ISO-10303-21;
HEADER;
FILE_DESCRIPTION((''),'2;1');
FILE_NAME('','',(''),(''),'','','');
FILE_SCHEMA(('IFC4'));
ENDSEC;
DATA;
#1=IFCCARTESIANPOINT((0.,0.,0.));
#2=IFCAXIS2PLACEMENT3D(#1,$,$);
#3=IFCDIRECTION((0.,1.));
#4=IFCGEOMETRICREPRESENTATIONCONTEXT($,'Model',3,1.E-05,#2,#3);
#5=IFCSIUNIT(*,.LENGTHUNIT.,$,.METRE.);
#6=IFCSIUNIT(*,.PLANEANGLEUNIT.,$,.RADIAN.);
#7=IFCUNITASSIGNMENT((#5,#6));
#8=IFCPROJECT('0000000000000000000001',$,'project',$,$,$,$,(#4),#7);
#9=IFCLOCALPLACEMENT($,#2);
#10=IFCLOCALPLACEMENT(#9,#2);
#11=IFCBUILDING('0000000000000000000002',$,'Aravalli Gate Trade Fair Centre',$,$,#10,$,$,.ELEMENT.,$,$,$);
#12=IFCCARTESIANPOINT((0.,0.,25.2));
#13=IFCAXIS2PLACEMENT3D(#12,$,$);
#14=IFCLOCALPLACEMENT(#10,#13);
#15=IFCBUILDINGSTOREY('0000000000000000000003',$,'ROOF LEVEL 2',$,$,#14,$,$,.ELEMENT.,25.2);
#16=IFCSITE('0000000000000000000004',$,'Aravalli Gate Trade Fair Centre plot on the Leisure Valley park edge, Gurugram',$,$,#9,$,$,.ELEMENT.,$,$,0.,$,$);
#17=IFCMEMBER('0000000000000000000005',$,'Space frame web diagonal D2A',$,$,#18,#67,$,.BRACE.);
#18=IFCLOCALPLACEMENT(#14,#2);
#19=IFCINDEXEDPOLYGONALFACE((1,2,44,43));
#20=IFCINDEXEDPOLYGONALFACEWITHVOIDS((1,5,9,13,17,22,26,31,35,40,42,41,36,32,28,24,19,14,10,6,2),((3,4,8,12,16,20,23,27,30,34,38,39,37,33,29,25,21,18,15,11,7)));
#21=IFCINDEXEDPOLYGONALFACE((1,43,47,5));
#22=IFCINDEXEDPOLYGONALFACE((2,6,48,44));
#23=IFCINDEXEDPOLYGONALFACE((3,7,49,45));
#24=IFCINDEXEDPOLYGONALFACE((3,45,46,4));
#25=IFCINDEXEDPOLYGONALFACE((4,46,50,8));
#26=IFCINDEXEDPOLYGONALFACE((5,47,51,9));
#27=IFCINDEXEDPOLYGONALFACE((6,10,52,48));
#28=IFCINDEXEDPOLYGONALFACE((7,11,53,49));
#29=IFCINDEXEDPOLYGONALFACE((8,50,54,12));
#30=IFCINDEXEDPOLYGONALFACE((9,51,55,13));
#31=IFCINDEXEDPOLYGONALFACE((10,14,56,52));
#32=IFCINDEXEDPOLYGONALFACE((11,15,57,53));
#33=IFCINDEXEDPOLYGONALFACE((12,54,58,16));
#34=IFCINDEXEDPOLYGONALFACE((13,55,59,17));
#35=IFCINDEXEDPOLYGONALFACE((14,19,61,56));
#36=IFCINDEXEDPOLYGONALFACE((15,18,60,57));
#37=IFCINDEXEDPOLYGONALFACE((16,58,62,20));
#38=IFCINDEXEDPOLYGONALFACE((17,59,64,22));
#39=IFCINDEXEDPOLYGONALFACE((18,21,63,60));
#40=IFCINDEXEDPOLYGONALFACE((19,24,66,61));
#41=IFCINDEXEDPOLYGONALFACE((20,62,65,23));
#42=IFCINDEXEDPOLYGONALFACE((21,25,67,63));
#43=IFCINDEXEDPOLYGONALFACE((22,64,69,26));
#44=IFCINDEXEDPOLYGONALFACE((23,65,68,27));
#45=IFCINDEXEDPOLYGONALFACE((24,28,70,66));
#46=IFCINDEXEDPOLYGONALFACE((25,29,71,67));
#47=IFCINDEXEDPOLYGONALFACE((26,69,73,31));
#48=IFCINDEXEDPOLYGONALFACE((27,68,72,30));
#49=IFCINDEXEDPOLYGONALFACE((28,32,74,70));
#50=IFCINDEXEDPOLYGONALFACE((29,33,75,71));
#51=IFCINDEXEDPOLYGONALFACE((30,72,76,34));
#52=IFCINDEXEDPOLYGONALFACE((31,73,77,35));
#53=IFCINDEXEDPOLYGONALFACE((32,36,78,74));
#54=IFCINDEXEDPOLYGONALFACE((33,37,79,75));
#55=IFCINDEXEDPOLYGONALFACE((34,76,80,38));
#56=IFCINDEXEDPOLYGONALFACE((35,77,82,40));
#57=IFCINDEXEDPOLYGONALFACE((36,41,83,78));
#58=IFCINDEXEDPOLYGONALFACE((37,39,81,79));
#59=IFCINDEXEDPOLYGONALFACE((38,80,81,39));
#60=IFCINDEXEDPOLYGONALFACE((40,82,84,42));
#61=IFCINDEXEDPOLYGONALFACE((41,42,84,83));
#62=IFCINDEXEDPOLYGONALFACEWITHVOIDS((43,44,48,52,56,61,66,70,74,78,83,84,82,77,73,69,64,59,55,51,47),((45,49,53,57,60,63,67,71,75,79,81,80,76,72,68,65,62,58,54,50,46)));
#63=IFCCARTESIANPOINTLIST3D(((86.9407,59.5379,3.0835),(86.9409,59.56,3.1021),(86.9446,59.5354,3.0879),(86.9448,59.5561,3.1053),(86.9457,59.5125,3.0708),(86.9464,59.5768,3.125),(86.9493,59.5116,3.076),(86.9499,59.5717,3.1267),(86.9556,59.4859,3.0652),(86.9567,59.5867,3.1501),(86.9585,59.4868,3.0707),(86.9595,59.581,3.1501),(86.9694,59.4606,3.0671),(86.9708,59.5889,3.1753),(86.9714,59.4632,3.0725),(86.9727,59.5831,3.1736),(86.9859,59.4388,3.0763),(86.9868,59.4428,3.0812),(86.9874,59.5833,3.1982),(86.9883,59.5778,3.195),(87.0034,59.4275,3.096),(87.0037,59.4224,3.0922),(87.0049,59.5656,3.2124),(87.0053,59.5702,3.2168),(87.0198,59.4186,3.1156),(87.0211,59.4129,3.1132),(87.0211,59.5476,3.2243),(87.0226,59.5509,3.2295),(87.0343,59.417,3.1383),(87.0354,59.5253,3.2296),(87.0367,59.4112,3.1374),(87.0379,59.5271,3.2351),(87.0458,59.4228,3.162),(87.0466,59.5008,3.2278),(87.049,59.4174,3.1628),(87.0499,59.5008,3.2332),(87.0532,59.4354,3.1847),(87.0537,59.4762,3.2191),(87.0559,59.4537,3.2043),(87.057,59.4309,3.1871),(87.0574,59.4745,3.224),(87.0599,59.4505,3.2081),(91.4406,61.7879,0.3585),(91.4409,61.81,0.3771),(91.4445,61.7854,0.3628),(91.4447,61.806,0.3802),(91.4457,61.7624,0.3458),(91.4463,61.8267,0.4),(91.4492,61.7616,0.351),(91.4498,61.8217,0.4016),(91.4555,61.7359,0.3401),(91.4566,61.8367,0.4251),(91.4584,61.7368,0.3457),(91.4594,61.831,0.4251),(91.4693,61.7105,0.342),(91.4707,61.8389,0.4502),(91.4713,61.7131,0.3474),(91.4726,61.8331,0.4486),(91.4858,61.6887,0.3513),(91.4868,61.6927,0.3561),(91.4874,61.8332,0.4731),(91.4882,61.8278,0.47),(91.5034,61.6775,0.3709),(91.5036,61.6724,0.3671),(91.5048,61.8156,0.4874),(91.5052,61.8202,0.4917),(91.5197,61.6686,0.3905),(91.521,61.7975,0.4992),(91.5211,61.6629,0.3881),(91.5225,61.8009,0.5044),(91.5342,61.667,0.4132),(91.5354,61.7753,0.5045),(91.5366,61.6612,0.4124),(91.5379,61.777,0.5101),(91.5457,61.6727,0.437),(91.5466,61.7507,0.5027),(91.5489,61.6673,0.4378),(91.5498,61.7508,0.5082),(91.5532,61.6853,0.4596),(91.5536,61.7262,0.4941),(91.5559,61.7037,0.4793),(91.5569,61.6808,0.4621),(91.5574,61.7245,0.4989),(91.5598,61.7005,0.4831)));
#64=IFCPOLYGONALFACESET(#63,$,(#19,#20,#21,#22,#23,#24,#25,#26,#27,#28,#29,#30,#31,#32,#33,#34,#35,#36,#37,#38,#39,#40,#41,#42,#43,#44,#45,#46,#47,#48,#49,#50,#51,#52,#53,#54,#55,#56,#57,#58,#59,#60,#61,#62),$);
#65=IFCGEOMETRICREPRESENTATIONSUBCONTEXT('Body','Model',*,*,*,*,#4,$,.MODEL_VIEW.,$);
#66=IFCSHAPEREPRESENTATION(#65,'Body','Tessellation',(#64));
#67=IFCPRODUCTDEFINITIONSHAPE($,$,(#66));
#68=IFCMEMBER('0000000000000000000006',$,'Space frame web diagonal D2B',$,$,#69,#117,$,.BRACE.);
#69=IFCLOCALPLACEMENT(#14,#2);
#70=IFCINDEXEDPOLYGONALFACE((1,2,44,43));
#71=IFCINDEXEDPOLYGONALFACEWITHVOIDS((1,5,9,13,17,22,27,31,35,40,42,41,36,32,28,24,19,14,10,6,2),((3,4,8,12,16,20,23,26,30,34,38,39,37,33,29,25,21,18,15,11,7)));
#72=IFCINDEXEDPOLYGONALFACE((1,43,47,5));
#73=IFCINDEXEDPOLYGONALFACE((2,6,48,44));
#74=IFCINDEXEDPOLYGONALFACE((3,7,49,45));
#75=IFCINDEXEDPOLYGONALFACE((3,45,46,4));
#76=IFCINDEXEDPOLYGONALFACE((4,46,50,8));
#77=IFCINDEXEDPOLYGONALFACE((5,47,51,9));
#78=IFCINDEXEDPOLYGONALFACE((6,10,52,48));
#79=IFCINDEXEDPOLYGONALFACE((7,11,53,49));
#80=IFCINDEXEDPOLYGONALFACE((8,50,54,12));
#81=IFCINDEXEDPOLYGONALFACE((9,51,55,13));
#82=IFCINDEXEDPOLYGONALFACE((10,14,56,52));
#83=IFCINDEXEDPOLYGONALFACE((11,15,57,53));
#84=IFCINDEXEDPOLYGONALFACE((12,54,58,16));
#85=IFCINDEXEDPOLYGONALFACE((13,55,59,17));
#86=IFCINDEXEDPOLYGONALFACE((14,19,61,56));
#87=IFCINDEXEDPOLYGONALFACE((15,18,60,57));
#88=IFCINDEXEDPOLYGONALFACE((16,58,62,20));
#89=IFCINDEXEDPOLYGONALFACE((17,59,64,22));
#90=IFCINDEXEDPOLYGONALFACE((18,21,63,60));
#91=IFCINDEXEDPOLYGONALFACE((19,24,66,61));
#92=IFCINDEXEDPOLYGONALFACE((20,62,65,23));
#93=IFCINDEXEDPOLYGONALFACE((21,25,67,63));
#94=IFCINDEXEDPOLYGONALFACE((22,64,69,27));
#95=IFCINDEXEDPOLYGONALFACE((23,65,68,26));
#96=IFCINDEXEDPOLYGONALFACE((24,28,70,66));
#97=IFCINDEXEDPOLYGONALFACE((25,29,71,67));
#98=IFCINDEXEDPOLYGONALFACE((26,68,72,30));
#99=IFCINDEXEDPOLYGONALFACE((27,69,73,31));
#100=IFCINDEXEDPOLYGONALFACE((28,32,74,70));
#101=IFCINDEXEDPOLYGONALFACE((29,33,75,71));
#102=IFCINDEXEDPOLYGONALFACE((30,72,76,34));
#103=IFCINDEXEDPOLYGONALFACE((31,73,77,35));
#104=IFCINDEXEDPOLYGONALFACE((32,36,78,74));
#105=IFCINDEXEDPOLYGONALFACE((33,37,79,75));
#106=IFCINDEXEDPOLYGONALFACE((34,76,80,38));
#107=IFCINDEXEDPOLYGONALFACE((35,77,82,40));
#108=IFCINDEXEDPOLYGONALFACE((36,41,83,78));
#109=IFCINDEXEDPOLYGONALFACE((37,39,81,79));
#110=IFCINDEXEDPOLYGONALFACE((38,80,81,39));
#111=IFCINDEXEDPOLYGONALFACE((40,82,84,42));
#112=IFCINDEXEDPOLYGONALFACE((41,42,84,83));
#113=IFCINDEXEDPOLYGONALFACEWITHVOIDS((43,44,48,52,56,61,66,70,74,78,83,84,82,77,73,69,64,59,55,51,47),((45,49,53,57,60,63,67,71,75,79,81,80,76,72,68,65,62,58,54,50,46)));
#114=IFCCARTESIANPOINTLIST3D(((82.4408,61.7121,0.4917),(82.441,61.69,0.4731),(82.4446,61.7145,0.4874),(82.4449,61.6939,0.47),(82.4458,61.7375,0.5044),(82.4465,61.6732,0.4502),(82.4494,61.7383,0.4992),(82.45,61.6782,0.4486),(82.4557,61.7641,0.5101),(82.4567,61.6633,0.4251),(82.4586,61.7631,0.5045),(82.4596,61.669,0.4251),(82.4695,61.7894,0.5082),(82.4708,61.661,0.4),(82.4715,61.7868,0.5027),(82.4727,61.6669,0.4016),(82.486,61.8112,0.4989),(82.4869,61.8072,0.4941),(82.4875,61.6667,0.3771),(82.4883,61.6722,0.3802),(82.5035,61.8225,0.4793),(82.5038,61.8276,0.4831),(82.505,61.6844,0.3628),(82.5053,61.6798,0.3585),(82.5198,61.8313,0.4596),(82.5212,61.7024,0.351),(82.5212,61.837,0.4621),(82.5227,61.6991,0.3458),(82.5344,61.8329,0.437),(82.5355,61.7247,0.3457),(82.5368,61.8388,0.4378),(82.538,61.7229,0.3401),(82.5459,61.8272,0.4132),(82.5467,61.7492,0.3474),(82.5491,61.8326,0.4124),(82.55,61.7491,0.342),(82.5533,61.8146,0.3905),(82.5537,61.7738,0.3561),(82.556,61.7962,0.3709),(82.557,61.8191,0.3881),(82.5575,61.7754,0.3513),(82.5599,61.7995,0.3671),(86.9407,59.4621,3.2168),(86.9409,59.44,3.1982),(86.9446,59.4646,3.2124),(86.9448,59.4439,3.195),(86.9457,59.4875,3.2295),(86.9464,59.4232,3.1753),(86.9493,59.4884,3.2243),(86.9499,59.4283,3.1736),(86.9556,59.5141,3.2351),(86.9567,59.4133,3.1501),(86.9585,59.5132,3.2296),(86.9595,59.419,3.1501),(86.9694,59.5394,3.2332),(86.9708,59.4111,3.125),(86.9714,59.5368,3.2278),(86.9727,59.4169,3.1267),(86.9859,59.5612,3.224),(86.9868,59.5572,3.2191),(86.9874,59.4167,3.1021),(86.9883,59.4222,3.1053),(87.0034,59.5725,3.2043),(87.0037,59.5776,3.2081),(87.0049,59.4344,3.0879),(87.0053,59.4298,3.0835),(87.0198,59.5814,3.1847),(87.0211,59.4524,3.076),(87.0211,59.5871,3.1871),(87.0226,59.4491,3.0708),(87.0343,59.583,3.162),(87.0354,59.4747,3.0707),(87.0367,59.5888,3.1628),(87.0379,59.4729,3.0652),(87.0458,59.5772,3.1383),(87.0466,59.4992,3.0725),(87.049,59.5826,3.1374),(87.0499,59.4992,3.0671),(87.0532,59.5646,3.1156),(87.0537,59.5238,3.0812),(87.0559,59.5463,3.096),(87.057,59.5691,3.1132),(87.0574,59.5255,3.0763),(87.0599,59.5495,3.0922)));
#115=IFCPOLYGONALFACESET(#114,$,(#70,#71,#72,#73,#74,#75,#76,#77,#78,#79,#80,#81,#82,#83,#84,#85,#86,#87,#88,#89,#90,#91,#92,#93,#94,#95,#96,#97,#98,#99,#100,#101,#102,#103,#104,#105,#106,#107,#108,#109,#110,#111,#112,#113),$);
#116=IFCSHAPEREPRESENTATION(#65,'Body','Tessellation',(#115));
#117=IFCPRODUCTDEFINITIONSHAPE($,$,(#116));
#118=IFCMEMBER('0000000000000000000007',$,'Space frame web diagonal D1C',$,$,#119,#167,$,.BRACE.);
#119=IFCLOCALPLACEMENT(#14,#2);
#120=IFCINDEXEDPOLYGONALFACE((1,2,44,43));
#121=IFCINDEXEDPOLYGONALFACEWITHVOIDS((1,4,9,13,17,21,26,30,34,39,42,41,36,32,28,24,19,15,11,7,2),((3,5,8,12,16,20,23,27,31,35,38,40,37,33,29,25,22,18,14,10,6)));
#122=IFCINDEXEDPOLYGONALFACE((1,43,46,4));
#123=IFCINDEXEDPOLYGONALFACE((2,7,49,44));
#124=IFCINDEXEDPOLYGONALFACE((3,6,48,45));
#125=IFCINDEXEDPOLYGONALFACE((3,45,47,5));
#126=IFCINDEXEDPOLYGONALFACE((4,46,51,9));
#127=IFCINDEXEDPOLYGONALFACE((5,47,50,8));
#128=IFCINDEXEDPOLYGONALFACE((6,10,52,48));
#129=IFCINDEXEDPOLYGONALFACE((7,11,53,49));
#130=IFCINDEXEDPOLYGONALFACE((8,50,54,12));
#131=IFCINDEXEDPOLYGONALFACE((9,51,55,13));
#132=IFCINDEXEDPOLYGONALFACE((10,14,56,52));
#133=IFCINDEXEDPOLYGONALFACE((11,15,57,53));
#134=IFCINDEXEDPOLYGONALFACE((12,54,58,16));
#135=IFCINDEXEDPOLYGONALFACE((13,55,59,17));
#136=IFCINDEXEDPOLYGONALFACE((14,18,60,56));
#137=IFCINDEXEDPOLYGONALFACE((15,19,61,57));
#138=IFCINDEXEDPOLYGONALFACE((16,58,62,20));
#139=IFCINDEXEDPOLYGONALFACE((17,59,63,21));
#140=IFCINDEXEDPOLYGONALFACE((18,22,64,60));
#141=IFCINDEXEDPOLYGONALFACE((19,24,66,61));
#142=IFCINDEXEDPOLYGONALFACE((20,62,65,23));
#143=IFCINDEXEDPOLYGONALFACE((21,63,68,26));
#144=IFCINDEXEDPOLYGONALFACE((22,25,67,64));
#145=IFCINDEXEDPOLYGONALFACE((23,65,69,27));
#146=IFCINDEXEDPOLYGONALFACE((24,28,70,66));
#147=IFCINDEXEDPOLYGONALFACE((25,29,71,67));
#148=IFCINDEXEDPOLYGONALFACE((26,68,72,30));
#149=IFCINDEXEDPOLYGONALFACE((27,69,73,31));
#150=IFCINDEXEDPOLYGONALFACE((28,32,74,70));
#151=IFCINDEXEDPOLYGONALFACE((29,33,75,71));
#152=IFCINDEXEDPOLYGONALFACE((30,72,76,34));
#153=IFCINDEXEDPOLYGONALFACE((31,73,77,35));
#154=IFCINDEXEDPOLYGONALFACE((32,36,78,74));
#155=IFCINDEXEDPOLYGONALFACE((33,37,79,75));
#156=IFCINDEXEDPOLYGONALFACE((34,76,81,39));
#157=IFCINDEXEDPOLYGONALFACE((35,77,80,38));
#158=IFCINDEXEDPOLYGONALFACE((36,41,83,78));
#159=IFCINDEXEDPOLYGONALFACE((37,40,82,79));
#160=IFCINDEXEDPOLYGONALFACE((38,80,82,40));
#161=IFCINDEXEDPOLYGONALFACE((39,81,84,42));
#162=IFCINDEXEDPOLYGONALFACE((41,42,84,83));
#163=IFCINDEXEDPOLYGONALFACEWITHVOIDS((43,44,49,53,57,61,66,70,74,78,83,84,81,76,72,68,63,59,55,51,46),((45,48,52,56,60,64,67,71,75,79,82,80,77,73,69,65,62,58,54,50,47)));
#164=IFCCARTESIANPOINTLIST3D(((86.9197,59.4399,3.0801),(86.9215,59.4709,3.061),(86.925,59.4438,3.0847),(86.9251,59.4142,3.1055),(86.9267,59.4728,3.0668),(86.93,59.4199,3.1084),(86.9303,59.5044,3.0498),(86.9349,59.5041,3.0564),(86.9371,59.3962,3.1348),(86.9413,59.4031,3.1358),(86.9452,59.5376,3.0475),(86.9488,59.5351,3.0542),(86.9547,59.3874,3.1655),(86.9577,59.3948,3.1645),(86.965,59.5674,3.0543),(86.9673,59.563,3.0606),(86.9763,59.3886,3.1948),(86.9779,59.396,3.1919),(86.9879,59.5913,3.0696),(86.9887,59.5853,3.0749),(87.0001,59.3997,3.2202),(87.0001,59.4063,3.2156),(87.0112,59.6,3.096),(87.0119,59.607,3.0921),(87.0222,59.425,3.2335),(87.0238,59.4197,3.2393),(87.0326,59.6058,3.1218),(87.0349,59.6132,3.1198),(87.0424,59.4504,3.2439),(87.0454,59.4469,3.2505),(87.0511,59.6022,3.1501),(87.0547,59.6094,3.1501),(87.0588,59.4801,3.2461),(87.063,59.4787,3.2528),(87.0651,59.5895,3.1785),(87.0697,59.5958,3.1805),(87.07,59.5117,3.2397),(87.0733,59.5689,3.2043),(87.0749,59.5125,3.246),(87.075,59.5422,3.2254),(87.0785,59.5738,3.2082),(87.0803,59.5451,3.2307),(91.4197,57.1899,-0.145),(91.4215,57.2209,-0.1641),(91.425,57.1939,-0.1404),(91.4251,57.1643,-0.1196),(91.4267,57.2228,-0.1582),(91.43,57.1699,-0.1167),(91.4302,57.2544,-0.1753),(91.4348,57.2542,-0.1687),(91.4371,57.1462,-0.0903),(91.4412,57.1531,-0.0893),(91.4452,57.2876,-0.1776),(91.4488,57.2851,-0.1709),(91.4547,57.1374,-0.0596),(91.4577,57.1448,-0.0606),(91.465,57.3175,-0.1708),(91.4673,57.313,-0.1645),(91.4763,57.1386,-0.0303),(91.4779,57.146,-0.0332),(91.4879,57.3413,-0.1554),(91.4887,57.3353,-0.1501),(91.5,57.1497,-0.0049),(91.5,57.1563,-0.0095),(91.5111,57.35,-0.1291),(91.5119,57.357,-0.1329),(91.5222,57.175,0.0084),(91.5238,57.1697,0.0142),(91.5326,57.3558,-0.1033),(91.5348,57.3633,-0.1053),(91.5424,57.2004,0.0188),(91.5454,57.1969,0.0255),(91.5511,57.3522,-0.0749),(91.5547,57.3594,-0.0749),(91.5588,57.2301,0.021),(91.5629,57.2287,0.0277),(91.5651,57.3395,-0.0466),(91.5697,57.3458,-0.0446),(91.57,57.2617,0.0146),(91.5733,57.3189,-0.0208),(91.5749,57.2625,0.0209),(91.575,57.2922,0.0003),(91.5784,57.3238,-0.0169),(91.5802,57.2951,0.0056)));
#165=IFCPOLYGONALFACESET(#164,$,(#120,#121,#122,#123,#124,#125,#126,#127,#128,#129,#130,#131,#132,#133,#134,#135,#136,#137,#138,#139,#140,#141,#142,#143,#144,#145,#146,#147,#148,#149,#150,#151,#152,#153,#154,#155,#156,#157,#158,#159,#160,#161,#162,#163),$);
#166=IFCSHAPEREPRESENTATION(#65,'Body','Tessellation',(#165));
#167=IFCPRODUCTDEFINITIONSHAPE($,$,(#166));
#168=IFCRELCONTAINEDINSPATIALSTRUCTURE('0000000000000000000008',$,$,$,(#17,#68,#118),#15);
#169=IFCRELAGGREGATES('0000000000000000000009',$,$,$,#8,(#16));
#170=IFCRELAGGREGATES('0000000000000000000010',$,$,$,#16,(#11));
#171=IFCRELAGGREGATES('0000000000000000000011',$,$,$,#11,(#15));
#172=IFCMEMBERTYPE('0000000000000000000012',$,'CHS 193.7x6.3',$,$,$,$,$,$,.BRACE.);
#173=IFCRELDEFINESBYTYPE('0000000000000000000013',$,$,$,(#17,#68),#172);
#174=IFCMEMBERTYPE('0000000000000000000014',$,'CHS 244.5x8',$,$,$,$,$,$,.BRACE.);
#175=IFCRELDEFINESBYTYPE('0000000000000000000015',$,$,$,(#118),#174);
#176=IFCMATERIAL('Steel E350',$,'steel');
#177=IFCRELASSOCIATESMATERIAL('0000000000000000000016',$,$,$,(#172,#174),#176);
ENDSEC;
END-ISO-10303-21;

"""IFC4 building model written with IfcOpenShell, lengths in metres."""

from ifc_helpers import new_model, si_unit, direction, frame, origin, origin_2d, place, context, subcontext, project, spatial, hollow_circle, extrude, material, material_profile, profile_set, type_object, element, save


model = new_model("IFC4")

# Units and contexts
model_context = context("Model", 3, precision=1e-05, world=origin(), true_north=direction((0.0, 1.0)))
body_context = subcontext(model_context, "Body", "Model", "MODEL_VIEW")
ifc_project = project(units=[si_unit("LENGTHUNIT", "METRE"), si_unit("PLANEANGLEUNIT", "RADIAN")], contexts=[model_context])

# Site, building, storey
site_placement = place(None, origin())
site = spatial("IfcSite", under=ifc_project, at=site_placement, Name="Aravalli Gate Trade Fair Centre plot on the Leisure Valley park edge, Gurugram", CompositionType="ELEMENT", RefElevation=0.0)
building_placement = place(site_placement, origin())
building = spatial("IfcBuilding", under=site, at=building_placement, Name="Aravalli Gate Trade Fair Centre", CompositionType="ELEMENT")
storey_placement = place(building_placement, frame((0.0, 0.0, 25.2)))
storey = spatial("IfcBuildingStorey", under=building, at=storey_placement, Name="ROOF LEVEL 2", CompositionType="ELEMENT", Elevation=25.2)

# Members
ifc_material_1 = material(Name="Steel E350", Category="steel")
ifc_material_profile_1 = material_profile(ifc_material_1, hollow_circle(Radius=0.0969, WallThickness=0.0063, at=origin_2d()), Name="CHS 193.7x6.3")
ifc_profile_set_1 = profile_set([ifc_material_profile_1], Name="Steel E350")
member_type_1 = type_object("IfcMemberType", Name="CHS 193.7x6.3", PredefinedType="BRACE", material=ifc_profile_set_1)
for number, where, z_axis, x_axis, name in (
    (1, (87.0, 59.5, 3.1501), (0.78647, 0.393235, -0.476268), (-0.447214, 0.894427, 0.0), "Space frame web diagonal D2A"),
    (2, (87.0, 59.5, 3.1501), (-0.78647, 0.393235, -0.476268), (-0.447214, -0.894427, 0.0), "Space frame web diagonal D2B"),
):
    element("IfcMember", number, at=place(storey_placement, frame(where, z_axis=z_axis, x_axis=x_axis)), inside=storey, type_object=member_type_1, Name=name, PredefinedType="BRACE", context=body_context, shape_type="SweptSolid", body=[
        extrude(hollow_circle(Radius=0.0969, WallThickness=0.0063, at=origin_2d()), origin(), (0.0, 0.0, 1.0), 5.7217),
    ])
ifc_material_profile_2 = material_profile(ifc_material_1, hollow_circle(Radius=0.1223, WallThickness=0.0081, at=origin_2d()), Name="CHS 244.5x8")
ifc_profile_set_2 = profile_set([ifc_material_profile_2], Name="Steel E350")
member_type_2 = type_object("IfcMemberType", Name="CHS 244.5x8", PredefinedType="BRACE", material=ifc_profile_set_2)
for number, where, z_axis, x_axis, name in (
    (3, (87.0, 59.5, 3.1501), (0.753, -0.3765, -0.539666), (0.447214, 0.894427, 0.0), "Space frame web diagonal D1C"),
):
    element("IfcMember", number, at=place(storey_placement, frame(where, z_axis=z_axis, x_axis=x_axis)), inside=storey, type_object=member_type_2, Name=name, PredefinedType="BRACE", context=body_context, shape_type="SweptSolid", body=[
        extrude(hollow_circle(Radius=0.1223, WallThickness=0.0081, at=origin_2d()), origin(), (0.0, 0.0, 1.0), 5.9761),
    ])

save(model, "model.ifc")
